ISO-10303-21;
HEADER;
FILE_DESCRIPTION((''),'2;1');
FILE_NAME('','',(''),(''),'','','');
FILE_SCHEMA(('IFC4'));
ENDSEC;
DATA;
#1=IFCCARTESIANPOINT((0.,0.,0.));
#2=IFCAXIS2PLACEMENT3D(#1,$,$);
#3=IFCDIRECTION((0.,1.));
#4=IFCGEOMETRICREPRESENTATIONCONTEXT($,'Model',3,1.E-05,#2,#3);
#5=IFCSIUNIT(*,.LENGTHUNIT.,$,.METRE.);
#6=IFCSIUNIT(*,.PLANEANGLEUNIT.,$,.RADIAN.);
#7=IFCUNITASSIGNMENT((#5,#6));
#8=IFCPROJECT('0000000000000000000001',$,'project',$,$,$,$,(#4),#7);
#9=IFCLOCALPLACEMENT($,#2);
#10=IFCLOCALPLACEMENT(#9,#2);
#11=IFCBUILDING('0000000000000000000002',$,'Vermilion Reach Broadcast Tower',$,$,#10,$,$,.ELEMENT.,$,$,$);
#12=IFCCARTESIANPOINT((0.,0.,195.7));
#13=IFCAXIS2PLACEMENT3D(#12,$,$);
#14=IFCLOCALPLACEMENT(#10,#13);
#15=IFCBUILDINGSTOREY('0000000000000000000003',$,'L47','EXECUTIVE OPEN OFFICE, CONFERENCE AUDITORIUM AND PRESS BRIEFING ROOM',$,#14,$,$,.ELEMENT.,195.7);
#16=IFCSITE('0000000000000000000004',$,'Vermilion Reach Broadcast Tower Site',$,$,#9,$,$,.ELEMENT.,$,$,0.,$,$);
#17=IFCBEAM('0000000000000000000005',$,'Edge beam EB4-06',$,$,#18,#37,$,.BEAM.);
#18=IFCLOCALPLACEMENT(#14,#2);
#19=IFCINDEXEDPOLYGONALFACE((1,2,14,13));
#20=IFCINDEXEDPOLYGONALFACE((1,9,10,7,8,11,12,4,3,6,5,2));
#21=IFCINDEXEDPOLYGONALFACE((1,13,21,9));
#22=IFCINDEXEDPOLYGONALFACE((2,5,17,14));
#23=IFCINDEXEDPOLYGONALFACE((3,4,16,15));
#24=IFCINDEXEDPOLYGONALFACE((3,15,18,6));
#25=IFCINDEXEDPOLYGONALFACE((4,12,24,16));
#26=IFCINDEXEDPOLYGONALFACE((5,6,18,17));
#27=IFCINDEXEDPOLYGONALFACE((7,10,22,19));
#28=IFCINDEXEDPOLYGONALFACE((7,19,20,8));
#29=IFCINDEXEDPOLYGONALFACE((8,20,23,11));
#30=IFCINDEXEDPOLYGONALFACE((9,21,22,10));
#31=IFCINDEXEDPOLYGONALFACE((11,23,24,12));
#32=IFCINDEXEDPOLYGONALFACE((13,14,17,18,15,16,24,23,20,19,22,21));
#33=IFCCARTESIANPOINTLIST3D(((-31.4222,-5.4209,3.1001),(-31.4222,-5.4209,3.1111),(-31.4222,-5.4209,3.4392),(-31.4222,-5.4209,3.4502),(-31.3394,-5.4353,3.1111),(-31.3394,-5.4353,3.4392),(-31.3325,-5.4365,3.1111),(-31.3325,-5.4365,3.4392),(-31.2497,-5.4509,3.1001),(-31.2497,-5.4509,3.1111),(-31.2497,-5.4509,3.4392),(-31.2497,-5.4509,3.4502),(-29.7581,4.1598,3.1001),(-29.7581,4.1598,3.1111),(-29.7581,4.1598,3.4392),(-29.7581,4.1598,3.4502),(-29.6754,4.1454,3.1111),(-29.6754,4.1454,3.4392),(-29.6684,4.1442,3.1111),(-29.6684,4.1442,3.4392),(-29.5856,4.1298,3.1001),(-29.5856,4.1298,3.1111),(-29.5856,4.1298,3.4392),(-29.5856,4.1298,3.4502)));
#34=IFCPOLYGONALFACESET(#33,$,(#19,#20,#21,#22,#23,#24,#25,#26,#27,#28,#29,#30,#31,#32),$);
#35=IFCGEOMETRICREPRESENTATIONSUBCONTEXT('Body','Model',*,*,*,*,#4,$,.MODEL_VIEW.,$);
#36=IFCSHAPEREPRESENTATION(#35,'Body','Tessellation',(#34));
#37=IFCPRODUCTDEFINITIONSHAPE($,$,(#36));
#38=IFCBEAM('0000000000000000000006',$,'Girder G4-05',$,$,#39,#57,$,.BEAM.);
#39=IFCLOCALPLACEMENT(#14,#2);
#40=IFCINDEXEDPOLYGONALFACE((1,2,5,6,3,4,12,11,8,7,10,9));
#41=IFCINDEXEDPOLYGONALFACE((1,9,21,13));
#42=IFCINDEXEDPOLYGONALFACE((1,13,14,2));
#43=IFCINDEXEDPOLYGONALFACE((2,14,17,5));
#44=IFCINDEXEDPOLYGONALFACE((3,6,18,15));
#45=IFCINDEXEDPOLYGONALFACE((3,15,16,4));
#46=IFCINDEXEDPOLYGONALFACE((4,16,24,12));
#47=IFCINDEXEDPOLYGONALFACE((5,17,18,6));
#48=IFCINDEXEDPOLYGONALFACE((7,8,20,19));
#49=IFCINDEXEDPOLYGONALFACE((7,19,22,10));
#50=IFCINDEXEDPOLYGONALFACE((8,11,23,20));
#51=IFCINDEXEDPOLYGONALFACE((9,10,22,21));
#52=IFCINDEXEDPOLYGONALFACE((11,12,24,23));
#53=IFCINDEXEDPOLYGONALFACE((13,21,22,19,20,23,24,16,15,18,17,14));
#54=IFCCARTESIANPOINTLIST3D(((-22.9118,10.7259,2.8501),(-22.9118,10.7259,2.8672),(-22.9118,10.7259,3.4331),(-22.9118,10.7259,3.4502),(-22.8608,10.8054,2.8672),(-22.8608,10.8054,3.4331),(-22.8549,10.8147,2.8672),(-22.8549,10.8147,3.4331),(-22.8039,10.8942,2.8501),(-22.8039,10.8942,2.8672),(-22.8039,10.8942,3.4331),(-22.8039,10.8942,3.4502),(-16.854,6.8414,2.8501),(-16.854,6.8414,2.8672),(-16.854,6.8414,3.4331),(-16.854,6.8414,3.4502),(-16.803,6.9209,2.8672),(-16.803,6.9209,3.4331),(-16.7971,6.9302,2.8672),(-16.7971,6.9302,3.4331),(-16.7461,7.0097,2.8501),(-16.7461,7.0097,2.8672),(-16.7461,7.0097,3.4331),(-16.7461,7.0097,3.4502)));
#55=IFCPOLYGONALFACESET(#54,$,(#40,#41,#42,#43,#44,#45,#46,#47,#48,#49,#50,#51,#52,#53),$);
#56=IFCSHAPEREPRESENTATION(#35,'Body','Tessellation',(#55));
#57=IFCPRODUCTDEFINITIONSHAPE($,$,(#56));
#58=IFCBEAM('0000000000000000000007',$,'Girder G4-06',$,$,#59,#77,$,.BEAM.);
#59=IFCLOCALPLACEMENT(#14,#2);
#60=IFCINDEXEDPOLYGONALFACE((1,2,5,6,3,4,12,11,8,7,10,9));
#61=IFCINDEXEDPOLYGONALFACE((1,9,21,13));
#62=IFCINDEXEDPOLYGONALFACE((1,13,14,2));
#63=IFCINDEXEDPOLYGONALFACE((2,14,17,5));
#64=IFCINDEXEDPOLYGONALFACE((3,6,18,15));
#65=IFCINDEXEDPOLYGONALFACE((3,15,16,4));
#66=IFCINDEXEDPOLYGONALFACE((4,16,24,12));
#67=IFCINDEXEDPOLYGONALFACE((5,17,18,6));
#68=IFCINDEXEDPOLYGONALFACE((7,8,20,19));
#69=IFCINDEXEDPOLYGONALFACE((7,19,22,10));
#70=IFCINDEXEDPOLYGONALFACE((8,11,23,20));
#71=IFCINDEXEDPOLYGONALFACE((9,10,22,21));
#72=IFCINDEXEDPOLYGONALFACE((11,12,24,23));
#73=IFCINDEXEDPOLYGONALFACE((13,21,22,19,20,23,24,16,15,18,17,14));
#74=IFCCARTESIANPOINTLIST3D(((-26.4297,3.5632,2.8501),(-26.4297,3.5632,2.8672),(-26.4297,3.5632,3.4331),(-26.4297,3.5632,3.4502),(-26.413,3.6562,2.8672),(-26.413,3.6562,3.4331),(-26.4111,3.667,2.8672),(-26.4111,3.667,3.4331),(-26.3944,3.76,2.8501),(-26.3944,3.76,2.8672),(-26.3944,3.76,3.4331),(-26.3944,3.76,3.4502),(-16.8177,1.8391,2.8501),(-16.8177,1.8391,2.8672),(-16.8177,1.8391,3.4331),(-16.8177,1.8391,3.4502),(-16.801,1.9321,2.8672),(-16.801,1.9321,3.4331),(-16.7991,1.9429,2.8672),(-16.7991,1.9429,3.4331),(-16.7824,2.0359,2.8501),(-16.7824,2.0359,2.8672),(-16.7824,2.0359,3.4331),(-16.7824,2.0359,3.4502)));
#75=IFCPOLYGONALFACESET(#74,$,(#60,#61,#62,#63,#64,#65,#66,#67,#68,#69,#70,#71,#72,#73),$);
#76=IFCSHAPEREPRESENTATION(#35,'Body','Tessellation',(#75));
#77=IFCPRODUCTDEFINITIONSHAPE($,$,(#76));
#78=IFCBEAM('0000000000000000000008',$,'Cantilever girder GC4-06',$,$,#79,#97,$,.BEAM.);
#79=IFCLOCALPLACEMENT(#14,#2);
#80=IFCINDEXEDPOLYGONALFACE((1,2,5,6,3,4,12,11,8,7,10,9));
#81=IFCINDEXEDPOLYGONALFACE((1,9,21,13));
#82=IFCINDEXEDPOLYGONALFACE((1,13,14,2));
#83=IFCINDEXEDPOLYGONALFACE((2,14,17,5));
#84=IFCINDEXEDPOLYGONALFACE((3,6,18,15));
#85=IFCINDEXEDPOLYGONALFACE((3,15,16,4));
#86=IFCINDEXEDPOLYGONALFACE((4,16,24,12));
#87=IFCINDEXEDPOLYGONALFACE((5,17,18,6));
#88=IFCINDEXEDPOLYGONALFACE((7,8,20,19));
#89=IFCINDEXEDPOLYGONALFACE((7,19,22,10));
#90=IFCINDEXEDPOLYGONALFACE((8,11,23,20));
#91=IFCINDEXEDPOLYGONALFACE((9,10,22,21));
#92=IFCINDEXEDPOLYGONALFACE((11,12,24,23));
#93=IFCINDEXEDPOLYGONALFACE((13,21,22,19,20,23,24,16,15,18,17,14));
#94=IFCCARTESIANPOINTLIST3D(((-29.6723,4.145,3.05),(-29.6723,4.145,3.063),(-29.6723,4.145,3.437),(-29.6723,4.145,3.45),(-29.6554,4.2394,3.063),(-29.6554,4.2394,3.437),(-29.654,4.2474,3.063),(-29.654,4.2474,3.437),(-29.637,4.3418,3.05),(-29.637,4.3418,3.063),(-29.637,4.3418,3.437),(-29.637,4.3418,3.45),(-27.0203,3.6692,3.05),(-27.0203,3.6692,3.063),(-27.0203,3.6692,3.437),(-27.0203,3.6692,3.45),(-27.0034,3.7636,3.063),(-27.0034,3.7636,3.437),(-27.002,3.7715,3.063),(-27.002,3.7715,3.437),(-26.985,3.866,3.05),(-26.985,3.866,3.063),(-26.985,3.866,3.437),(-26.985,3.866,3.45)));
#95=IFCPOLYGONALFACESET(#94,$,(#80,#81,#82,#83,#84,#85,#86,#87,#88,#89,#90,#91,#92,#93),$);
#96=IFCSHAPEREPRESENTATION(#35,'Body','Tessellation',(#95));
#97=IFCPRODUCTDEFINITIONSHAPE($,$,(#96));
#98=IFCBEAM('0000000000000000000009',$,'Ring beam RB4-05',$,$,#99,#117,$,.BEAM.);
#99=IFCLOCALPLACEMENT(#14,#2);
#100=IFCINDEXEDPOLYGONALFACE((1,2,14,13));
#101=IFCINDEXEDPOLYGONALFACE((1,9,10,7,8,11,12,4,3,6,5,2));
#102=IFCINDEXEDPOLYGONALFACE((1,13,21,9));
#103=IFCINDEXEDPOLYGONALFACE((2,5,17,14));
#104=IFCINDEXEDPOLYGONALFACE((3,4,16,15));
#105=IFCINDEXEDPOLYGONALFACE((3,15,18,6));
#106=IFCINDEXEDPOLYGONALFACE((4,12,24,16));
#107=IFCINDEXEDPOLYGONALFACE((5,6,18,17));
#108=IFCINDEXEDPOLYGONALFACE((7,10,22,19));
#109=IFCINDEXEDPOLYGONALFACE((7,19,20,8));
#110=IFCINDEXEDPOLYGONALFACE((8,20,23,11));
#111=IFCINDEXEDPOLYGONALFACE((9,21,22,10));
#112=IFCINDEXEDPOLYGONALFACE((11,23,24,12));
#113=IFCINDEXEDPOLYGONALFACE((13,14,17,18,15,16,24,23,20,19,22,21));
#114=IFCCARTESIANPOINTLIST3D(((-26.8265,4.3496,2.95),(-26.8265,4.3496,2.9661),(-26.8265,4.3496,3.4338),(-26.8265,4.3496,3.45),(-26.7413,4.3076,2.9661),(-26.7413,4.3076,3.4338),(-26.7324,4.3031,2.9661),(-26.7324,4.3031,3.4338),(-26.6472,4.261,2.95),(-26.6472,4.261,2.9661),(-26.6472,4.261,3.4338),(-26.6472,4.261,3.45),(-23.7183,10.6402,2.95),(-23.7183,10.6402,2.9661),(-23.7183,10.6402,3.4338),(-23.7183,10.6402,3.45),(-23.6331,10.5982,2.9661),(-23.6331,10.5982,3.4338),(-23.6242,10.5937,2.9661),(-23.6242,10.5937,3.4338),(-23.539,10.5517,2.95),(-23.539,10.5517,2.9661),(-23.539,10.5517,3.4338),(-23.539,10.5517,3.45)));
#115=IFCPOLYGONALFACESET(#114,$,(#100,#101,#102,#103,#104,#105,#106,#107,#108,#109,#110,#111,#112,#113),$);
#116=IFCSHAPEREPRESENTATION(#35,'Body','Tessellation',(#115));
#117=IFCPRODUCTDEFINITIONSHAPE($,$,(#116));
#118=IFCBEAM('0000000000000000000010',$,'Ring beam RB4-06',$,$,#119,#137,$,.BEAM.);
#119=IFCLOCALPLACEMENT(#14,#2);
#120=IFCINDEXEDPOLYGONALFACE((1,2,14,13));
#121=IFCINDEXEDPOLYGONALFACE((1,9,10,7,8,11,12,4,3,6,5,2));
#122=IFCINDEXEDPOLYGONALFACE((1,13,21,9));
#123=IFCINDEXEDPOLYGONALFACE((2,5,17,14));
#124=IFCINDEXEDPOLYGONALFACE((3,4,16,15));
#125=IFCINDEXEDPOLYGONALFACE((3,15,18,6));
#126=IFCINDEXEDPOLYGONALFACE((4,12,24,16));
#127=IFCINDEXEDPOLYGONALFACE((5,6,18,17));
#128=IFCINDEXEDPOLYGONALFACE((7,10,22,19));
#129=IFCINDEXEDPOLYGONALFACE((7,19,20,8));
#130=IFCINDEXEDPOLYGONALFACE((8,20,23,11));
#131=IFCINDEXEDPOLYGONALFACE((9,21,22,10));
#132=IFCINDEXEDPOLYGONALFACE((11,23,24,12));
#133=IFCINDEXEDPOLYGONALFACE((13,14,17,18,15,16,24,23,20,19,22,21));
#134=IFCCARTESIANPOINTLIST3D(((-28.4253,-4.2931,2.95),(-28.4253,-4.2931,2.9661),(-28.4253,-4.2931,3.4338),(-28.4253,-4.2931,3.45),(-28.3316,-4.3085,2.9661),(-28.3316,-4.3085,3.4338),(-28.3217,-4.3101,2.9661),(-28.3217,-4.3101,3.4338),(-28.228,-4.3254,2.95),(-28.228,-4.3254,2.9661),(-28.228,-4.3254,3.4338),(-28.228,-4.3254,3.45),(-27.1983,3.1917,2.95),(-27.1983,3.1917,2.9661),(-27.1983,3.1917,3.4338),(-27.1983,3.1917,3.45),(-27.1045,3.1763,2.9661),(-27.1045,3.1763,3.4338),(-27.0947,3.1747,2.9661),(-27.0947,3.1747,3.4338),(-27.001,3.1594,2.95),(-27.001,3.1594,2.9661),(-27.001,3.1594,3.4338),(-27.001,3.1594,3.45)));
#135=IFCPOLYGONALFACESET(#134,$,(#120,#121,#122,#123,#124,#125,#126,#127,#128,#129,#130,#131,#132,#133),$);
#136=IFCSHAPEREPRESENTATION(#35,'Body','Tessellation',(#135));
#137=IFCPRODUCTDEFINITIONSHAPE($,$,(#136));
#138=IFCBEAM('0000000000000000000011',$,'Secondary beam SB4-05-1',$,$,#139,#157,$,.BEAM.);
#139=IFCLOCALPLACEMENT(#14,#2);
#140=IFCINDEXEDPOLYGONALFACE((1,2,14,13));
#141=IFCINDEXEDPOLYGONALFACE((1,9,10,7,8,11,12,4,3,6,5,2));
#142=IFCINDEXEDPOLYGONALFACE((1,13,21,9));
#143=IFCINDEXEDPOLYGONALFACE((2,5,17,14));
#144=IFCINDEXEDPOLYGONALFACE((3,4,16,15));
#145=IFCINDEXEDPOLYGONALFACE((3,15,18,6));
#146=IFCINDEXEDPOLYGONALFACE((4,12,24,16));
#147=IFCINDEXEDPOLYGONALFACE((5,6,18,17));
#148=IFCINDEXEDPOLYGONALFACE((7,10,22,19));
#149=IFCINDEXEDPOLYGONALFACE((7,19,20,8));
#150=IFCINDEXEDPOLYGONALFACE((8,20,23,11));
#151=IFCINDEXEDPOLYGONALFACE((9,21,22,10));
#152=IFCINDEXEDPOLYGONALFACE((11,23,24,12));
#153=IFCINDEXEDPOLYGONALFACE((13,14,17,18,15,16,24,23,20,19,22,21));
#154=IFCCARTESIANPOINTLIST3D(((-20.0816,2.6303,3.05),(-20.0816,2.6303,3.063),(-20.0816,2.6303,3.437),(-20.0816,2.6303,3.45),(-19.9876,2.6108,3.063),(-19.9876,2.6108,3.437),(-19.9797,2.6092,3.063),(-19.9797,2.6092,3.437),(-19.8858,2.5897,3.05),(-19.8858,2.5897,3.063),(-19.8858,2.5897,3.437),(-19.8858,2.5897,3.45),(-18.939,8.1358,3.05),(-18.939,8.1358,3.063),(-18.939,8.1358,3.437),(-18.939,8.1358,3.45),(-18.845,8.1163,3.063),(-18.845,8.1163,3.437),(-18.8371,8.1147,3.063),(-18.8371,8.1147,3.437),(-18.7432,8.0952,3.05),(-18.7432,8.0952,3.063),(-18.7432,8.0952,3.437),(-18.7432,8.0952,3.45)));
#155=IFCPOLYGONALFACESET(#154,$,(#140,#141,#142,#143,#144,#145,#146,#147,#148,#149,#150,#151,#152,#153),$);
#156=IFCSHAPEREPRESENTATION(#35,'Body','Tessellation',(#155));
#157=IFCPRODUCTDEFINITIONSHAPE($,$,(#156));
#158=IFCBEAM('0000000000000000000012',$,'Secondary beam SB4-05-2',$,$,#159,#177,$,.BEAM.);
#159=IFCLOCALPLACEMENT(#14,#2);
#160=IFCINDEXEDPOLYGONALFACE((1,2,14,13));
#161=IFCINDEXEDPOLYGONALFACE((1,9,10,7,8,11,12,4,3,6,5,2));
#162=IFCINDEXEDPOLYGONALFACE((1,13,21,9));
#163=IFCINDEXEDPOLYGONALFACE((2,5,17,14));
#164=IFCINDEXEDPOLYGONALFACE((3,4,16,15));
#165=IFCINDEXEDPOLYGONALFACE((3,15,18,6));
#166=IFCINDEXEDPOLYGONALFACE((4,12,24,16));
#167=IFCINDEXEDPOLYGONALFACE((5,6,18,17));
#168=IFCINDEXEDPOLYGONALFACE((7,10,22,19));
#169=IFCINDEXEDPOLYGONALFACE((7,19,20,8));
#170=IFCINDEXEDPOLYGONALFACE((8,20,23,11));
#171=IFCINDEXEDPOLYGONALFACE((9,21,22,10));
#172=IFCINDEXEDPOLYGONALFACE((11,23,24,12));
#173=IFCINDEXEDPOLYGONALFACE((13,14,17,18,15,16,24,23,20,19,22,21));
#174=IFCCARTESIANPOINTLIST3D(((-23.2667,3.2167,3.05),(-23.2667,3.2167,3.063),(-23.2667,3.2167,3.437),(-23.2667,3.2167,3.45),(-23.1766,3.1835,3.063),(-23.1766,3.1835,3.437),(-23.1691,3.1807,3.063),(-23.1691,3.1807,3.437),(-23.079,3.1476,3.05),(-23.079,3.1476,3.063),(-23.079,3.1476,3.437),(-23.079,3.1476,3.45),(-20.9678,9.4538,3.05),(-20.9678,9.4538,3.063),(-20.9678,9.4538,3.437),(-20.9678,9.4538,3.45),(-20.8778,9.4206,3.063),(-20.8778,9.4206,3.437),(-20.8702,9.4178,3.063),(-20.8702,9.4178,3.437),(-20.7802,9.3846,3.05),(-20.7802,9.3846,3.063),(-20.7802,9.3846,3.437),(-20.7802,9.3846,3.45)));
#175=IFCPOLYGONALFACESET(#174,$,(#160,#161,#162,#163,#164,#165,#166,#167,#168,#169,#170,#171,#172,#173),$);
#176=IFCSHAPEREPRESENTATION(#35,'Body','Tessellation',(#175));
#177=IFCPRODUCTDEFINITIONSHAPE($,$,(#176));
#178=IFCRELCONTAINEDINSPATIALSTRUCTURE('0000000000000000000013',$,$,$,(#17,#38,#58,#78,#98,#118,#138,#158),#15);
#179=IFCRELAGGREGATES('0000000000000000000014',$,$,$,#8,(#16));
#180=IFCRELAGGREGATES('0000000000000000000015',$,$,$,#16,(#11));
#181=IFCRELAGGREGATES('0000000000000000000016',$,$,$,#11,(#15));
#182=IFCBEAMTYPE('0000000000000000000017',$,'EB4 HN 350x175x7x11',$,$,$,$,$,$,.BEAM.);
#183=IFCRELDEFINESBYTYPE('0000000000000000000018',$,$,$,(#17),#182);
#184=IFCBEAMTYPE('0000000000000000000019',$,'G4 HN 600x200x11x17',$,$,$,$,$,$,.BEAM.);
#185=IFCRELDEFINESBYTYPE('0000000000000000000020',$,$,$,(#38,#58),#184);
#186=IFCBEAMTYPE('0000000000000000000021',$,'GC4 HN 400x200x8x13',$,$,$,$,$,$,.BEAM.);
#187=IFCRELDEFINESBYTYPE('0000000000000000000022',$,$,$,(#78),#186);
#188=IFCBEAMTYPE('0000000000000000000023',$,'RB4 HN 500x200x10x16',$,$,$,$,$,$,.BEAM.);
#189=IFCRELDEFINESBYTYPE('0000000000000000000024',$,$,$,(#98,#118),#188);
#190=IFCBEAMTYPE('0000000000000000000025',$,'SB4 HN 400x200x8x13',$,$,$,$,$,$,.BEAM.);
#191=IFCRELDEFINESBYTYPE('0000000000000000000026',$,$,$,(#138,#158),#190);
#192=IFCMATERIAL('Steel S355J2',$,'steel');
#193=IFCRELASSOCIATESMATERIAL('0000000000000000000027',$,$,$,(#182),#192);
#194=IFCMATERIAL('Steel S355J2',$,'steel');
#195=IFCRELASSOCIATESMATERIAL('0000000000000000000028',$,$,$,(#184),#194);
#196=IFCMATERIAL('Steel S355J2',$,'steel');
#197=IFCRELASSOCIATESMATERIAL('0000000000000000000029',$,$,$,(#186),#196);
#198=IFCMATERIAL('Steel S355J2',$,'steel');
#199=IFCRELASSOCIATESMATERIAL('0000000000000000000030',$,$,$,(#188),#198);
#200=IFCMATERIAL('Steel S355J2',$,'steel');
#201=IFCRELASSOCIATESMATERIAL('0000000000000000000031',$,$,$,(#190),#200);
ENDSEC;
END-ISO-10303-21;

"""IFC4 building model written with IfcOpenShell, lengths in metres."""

from ifc_helpers import new_model, si_unit, direction, frame, origin, origin_2d, place, context, subcontext, project, spatial, i_section, extrude, material, material_profile, profile_set, type_object, element, save


model = new_model("IFC4")

# Units and contexts
model_context = context("Model", 3, precision=1e-05, world=origin(), true_north=direction((0.0, 1.0)))
body_context = subcontext(model_context, "Body", "Model", "MODEL_VIEW")
ifc_project = project(units=[si_unit("LENGTHUNIT", "METRE"), si_unit("PLANEANGLEUNIT", "RADIAN")], contexts=[model_context])

# Site, building, storey
site_placement = place(None, origin())
site = spatial("IfcSite", under=ifc_project, at=site_placement, Name="Vermilion Reach Broadcast Tower Site", CompositionType="ELEMENT", RefElevation=0.0)
building_placement = place(site_placement, origin())
building = spatial("IfcBuilding", under=site, at=building_placement, Name="Vermilion Reach Broadcast Tower", CompositionType="ELEMENT")
storey_placement = place(building_placement, frame((0.0, 0.0, 195.7)))
storey = spatial("IfcBuildingStorey", under=building, at=storey_placement, Name="L47", Description="EXECUTIVE OPEN OFFICE, CONFERENCE AUDITORIUM AND PRESS BRIEFING ROOM", CompositionType="ELEMENT", Elevation=195.7)

# Beams
ifc_material_1 = material(Name="Steel S355J2", Category="steel")
ifc_material_profile_1 = material_profile(ifc_material_1, i_section(OverallWidth=0.175, OverallDepth=0.3501, WebThickness=0.0071, FlangeThickness=0.011, at=origin_2d()), Name="S355J2 HN 350x175x7x11")
ifc_profile_set_1 = profile_set([ifc_material_profile_1], Name="Steel S355J2")
beam_type_1 = type_object("IfcBeamType", Name="EB4 HN 350x175x7x11", PredefinedType="BEAM", material=ifc_profile_set_1)
beam_1_placement = place(storey_placement, frame((-29.6719, 4.1448, 3.2751), z_axis=(-0.171129, -0.985249, 0.0), x_axis=(0.985249, -0.171129, 0.0)))
element("IfcBeam", 1, at=beam_1_placement, inside=storey, type_object=beam_type_1, Name="Edge beam EB4-06", PredefinedType="BEAM", context=body_context, shape_type="SweptSolid", body=[
    extrude(i_section(OverallWidth=0.175, OverallDepth=0.3501, WebThickness=0.0071, FlangeThickness=0.011, at=origin_2d()), origin(), (0.0, 0.0, 1.0), 9.7241),
])
ifc_material_2 = material(Name="Steel S355J2", Category="steel")
ifc_material_profile_2 = material_profile(ifc_material_2, i_section(OverallWidth=0.2, OverallDepth=0.6001, WebThickness=0.011, FlangeThickness=0.0171, at=origin_2d()), Name="S355J2 HN 600x200x11x17")
ifc_profile_set_2 = profile_set([ifc_material_profile_2], Name="Steel S355J2")
beam_type_2 = type_object("IfcBeamType", Name="G4 HN 600x200x11x17", PredefinedType="BEAM", material=ifc_profile_set_2)
beam_2_placement = place(storey_placement, frame((-16.8, 6.9255, 3.1501), z_axis=(-0.841799, 0.539792, 0.0), x_axis=(-0.539792, -0.841799, 0.0)))
element("IfcBeam", 2, at=beam_2_placement, inside=storey, type_object=beam_type_2, Name="Girder G4-05", PredefinedType="BEAM", context=body_context, shape_type="SweptSolid", body=[
    extrude(i_section(OverallWidth=0.2, OverallDepth=0.6001, WebThickness=0.011, FlangeThickness=0.0171, at=origin_2d()), origin(), (0.0, 0.0, 1.0), 7.1963),
])
beam_3_placement = place(storey_placement, frame((-16.8, 1.9375, 3.1501), z_axis=(-0.984291, 0.176553, 0.0), x_axis=(-0.176553, -0.984291, 0.0)))
element("IfcBeam", 3, at=beam_3_placement, inside=storey, type_object=beam_type_2, Name="Girder G4-06", PredefinedType="BEAM", context=body_context, shape_type="SweptSolid", body=[
    extrude(i_section(OverallWidth=0.2, OverallDepth=0.6001, WebThickness=0.011, FlangeThickness=0.0171, at=origin_2d()), origin(), (0.0, 0.0, 1.0), 9.7654),
])
ifc_material_3 = material(Name="Steel S355J2", Category="steel")
ifc_material_profile_3 = material_profile(ifc_material_3, i_section(OverallWidth=0.2, OverallDepth=0.3999, WebThickness=0.0081, FlangeThickness=0.0129, at=origin_2d()), Name="S355J2 HN 400x200x8x13")
ifc_profile_set_3 = profile_set([ifc_material_profile_3], Name="Steel S355J2")
beam_type_3 = type_object("IfcBeamType", Name="GC4 HN 400x200x8x13", PredefinedType="BEAM", material=ifc_profile_set_3)
beam_4_placement = place(storey_placement, frame((-27.0027, 3.7676, 3.25), z_axis=(-0.984283, 0.176597, 0.0), x_axis=(-0.176597, -0.984283, 0.0)))
element("IfcBeam", 4, at=beam_4_placement, inside=storey, type_object=beam_type_3, Name="Cantilever girder GC4-06", PredefinedType="BEAM", context=body_context, shape_type="SweptSolid", body=[
    extrude(i_section(OverallWidth=0.2, OverallDepth=0.3999, WebThickness=0.0081, FlangeThickness=0.0129, at=origin_2d()), origin(), (0.0, 0.0, 1.0), 2.6943),
])
ifc_material_4 = material(Name="Steel S355J2", Category="steel")
ifc_material_profile_4 = material_profile(ifc_material_4, i_section(OverallWidth=0.2, OverallDepth=0.5, WebThickness=0.01, FlangeThickness=0.0161, at=origin_2d()), Name="S355J2 HN 500x200x10x16")
ifc_profile_set_4 = profile_set([ifc_material_profile_4], Name="Steel S355J2")
beam_type_4 = type_object("IfcBeamType", Name="RB4 HN 500x200x10x16", PredefinedType="BEAM", material=ifc_profile_set_4)
beam_5_placement = place(storey_placement, frame((-23.6287, 10.5959, 3.2), z_axis=(-0.442977, -0.896533, 0.0), x_axis=(0.896533, -0.442977, 0.0)))
element("IfcBeam", 5, at=beam_5_placement, inside=storey, type_object=beam_type_4, Name="Ring beam RB4-05", PredefinedType="BEAM", context=body_context, shape_type="SweptSolid", body=[
    extrude(i_section(OverallWidth=0.2, OverallDepth=0.5, WebThickness=0.01, FlangeThickness=0.0161, at=origin_2d()), origin(), (0.0, 0.0, 1.0), 7.0166),
])
beam_6_placement = place(storey_placement, frame((-27.0996, 3.1755, 3.2), z_axis=(-0.161778, -0.986827, 0.0), x_axis=(0.986827, -0.161778, 0.0)))
element("IfcBeam", 6, at=beam_6_placement, inside=storey, type_object=beam_type_4, Name="Ring beam RB4-06", PredefinedType="BEAM", context=body_context, shape_type="SweptSolid", body=[
    extrude(i_section(OverallWidth=0.2, OverallDepth=0.5, WebThickness=0.01, FlangeThickness=0.0161, at=origin_2d()), origin(), (0.0, 0.0, 1.0), 7.5847),
])
ifc_material_5 = material(Name="Steel S355J2", Category="steel")
ifc_material_profile_5 = material_profile(ifc_material_5, i_section(OverallWidth=0.2, OverallDepth=0.3999, WebThickness=0.0081, FlangeThickness=0.0129, at=origin_2d()), Name="S355J2 HN 400x200x8x13")
ifc_profile_set_5 = profile_set([ifc_material_profile_5], Name="Steel S355J2")
beam_type_5 = type_object("IfcBeamType", Name="SB4 HN 400x200x8x13", PredefinedType="BEAM", material=ifc_profile_set_5)
beam_7_placement = place(storey_placement, frame((-18.8411, 8.1155, 3.25), z_axis=(-0.203209, -0.979135, 0.0), x_axis=(0.979135, -0.203209, 0.0)))
element("IfcBeam", 7, at=beam_7_placement, inside=storey, type_object=beam_type_5, Name="Secondary beam SB4-05-1", PredefinedType="BEAM", context=body_context, shape_type="SweptSolid", body=[
    extrude(i_section(OverallWidth=0.2, OverallDepth=0.3999, WebThickness=0.0081, FlangeThickness=0.0129, at=origin_2d()), origin(), (0.0, 0.0, 1.0), 5.6228),
])
beam_8_placement = place(storey_placement, frame((-20.874, 9.4192, 3.25), z_axis=(-0.345833, -0.938296, 0.0), x_axis=(0.938296, -0.345833, 0.0)))
element("IfcBeam", 8, at=beam_8_placement, inside=storey, type_object=beam_type_5, Name="Secondary beam SB4-05-2", PredefinedType="BEAM", context=body_context, shape_type="SweptSolid", body=[
    extrude(i_section(OverallWidth=0.2, OverallDepth=0.3999, WebThickness=0.0081, FlangeThickness=0.0129, at=origin_2d()), origin(), (0.0, 0.0, 1.0), 6.6472),
])

save(model, "model.ifc")
